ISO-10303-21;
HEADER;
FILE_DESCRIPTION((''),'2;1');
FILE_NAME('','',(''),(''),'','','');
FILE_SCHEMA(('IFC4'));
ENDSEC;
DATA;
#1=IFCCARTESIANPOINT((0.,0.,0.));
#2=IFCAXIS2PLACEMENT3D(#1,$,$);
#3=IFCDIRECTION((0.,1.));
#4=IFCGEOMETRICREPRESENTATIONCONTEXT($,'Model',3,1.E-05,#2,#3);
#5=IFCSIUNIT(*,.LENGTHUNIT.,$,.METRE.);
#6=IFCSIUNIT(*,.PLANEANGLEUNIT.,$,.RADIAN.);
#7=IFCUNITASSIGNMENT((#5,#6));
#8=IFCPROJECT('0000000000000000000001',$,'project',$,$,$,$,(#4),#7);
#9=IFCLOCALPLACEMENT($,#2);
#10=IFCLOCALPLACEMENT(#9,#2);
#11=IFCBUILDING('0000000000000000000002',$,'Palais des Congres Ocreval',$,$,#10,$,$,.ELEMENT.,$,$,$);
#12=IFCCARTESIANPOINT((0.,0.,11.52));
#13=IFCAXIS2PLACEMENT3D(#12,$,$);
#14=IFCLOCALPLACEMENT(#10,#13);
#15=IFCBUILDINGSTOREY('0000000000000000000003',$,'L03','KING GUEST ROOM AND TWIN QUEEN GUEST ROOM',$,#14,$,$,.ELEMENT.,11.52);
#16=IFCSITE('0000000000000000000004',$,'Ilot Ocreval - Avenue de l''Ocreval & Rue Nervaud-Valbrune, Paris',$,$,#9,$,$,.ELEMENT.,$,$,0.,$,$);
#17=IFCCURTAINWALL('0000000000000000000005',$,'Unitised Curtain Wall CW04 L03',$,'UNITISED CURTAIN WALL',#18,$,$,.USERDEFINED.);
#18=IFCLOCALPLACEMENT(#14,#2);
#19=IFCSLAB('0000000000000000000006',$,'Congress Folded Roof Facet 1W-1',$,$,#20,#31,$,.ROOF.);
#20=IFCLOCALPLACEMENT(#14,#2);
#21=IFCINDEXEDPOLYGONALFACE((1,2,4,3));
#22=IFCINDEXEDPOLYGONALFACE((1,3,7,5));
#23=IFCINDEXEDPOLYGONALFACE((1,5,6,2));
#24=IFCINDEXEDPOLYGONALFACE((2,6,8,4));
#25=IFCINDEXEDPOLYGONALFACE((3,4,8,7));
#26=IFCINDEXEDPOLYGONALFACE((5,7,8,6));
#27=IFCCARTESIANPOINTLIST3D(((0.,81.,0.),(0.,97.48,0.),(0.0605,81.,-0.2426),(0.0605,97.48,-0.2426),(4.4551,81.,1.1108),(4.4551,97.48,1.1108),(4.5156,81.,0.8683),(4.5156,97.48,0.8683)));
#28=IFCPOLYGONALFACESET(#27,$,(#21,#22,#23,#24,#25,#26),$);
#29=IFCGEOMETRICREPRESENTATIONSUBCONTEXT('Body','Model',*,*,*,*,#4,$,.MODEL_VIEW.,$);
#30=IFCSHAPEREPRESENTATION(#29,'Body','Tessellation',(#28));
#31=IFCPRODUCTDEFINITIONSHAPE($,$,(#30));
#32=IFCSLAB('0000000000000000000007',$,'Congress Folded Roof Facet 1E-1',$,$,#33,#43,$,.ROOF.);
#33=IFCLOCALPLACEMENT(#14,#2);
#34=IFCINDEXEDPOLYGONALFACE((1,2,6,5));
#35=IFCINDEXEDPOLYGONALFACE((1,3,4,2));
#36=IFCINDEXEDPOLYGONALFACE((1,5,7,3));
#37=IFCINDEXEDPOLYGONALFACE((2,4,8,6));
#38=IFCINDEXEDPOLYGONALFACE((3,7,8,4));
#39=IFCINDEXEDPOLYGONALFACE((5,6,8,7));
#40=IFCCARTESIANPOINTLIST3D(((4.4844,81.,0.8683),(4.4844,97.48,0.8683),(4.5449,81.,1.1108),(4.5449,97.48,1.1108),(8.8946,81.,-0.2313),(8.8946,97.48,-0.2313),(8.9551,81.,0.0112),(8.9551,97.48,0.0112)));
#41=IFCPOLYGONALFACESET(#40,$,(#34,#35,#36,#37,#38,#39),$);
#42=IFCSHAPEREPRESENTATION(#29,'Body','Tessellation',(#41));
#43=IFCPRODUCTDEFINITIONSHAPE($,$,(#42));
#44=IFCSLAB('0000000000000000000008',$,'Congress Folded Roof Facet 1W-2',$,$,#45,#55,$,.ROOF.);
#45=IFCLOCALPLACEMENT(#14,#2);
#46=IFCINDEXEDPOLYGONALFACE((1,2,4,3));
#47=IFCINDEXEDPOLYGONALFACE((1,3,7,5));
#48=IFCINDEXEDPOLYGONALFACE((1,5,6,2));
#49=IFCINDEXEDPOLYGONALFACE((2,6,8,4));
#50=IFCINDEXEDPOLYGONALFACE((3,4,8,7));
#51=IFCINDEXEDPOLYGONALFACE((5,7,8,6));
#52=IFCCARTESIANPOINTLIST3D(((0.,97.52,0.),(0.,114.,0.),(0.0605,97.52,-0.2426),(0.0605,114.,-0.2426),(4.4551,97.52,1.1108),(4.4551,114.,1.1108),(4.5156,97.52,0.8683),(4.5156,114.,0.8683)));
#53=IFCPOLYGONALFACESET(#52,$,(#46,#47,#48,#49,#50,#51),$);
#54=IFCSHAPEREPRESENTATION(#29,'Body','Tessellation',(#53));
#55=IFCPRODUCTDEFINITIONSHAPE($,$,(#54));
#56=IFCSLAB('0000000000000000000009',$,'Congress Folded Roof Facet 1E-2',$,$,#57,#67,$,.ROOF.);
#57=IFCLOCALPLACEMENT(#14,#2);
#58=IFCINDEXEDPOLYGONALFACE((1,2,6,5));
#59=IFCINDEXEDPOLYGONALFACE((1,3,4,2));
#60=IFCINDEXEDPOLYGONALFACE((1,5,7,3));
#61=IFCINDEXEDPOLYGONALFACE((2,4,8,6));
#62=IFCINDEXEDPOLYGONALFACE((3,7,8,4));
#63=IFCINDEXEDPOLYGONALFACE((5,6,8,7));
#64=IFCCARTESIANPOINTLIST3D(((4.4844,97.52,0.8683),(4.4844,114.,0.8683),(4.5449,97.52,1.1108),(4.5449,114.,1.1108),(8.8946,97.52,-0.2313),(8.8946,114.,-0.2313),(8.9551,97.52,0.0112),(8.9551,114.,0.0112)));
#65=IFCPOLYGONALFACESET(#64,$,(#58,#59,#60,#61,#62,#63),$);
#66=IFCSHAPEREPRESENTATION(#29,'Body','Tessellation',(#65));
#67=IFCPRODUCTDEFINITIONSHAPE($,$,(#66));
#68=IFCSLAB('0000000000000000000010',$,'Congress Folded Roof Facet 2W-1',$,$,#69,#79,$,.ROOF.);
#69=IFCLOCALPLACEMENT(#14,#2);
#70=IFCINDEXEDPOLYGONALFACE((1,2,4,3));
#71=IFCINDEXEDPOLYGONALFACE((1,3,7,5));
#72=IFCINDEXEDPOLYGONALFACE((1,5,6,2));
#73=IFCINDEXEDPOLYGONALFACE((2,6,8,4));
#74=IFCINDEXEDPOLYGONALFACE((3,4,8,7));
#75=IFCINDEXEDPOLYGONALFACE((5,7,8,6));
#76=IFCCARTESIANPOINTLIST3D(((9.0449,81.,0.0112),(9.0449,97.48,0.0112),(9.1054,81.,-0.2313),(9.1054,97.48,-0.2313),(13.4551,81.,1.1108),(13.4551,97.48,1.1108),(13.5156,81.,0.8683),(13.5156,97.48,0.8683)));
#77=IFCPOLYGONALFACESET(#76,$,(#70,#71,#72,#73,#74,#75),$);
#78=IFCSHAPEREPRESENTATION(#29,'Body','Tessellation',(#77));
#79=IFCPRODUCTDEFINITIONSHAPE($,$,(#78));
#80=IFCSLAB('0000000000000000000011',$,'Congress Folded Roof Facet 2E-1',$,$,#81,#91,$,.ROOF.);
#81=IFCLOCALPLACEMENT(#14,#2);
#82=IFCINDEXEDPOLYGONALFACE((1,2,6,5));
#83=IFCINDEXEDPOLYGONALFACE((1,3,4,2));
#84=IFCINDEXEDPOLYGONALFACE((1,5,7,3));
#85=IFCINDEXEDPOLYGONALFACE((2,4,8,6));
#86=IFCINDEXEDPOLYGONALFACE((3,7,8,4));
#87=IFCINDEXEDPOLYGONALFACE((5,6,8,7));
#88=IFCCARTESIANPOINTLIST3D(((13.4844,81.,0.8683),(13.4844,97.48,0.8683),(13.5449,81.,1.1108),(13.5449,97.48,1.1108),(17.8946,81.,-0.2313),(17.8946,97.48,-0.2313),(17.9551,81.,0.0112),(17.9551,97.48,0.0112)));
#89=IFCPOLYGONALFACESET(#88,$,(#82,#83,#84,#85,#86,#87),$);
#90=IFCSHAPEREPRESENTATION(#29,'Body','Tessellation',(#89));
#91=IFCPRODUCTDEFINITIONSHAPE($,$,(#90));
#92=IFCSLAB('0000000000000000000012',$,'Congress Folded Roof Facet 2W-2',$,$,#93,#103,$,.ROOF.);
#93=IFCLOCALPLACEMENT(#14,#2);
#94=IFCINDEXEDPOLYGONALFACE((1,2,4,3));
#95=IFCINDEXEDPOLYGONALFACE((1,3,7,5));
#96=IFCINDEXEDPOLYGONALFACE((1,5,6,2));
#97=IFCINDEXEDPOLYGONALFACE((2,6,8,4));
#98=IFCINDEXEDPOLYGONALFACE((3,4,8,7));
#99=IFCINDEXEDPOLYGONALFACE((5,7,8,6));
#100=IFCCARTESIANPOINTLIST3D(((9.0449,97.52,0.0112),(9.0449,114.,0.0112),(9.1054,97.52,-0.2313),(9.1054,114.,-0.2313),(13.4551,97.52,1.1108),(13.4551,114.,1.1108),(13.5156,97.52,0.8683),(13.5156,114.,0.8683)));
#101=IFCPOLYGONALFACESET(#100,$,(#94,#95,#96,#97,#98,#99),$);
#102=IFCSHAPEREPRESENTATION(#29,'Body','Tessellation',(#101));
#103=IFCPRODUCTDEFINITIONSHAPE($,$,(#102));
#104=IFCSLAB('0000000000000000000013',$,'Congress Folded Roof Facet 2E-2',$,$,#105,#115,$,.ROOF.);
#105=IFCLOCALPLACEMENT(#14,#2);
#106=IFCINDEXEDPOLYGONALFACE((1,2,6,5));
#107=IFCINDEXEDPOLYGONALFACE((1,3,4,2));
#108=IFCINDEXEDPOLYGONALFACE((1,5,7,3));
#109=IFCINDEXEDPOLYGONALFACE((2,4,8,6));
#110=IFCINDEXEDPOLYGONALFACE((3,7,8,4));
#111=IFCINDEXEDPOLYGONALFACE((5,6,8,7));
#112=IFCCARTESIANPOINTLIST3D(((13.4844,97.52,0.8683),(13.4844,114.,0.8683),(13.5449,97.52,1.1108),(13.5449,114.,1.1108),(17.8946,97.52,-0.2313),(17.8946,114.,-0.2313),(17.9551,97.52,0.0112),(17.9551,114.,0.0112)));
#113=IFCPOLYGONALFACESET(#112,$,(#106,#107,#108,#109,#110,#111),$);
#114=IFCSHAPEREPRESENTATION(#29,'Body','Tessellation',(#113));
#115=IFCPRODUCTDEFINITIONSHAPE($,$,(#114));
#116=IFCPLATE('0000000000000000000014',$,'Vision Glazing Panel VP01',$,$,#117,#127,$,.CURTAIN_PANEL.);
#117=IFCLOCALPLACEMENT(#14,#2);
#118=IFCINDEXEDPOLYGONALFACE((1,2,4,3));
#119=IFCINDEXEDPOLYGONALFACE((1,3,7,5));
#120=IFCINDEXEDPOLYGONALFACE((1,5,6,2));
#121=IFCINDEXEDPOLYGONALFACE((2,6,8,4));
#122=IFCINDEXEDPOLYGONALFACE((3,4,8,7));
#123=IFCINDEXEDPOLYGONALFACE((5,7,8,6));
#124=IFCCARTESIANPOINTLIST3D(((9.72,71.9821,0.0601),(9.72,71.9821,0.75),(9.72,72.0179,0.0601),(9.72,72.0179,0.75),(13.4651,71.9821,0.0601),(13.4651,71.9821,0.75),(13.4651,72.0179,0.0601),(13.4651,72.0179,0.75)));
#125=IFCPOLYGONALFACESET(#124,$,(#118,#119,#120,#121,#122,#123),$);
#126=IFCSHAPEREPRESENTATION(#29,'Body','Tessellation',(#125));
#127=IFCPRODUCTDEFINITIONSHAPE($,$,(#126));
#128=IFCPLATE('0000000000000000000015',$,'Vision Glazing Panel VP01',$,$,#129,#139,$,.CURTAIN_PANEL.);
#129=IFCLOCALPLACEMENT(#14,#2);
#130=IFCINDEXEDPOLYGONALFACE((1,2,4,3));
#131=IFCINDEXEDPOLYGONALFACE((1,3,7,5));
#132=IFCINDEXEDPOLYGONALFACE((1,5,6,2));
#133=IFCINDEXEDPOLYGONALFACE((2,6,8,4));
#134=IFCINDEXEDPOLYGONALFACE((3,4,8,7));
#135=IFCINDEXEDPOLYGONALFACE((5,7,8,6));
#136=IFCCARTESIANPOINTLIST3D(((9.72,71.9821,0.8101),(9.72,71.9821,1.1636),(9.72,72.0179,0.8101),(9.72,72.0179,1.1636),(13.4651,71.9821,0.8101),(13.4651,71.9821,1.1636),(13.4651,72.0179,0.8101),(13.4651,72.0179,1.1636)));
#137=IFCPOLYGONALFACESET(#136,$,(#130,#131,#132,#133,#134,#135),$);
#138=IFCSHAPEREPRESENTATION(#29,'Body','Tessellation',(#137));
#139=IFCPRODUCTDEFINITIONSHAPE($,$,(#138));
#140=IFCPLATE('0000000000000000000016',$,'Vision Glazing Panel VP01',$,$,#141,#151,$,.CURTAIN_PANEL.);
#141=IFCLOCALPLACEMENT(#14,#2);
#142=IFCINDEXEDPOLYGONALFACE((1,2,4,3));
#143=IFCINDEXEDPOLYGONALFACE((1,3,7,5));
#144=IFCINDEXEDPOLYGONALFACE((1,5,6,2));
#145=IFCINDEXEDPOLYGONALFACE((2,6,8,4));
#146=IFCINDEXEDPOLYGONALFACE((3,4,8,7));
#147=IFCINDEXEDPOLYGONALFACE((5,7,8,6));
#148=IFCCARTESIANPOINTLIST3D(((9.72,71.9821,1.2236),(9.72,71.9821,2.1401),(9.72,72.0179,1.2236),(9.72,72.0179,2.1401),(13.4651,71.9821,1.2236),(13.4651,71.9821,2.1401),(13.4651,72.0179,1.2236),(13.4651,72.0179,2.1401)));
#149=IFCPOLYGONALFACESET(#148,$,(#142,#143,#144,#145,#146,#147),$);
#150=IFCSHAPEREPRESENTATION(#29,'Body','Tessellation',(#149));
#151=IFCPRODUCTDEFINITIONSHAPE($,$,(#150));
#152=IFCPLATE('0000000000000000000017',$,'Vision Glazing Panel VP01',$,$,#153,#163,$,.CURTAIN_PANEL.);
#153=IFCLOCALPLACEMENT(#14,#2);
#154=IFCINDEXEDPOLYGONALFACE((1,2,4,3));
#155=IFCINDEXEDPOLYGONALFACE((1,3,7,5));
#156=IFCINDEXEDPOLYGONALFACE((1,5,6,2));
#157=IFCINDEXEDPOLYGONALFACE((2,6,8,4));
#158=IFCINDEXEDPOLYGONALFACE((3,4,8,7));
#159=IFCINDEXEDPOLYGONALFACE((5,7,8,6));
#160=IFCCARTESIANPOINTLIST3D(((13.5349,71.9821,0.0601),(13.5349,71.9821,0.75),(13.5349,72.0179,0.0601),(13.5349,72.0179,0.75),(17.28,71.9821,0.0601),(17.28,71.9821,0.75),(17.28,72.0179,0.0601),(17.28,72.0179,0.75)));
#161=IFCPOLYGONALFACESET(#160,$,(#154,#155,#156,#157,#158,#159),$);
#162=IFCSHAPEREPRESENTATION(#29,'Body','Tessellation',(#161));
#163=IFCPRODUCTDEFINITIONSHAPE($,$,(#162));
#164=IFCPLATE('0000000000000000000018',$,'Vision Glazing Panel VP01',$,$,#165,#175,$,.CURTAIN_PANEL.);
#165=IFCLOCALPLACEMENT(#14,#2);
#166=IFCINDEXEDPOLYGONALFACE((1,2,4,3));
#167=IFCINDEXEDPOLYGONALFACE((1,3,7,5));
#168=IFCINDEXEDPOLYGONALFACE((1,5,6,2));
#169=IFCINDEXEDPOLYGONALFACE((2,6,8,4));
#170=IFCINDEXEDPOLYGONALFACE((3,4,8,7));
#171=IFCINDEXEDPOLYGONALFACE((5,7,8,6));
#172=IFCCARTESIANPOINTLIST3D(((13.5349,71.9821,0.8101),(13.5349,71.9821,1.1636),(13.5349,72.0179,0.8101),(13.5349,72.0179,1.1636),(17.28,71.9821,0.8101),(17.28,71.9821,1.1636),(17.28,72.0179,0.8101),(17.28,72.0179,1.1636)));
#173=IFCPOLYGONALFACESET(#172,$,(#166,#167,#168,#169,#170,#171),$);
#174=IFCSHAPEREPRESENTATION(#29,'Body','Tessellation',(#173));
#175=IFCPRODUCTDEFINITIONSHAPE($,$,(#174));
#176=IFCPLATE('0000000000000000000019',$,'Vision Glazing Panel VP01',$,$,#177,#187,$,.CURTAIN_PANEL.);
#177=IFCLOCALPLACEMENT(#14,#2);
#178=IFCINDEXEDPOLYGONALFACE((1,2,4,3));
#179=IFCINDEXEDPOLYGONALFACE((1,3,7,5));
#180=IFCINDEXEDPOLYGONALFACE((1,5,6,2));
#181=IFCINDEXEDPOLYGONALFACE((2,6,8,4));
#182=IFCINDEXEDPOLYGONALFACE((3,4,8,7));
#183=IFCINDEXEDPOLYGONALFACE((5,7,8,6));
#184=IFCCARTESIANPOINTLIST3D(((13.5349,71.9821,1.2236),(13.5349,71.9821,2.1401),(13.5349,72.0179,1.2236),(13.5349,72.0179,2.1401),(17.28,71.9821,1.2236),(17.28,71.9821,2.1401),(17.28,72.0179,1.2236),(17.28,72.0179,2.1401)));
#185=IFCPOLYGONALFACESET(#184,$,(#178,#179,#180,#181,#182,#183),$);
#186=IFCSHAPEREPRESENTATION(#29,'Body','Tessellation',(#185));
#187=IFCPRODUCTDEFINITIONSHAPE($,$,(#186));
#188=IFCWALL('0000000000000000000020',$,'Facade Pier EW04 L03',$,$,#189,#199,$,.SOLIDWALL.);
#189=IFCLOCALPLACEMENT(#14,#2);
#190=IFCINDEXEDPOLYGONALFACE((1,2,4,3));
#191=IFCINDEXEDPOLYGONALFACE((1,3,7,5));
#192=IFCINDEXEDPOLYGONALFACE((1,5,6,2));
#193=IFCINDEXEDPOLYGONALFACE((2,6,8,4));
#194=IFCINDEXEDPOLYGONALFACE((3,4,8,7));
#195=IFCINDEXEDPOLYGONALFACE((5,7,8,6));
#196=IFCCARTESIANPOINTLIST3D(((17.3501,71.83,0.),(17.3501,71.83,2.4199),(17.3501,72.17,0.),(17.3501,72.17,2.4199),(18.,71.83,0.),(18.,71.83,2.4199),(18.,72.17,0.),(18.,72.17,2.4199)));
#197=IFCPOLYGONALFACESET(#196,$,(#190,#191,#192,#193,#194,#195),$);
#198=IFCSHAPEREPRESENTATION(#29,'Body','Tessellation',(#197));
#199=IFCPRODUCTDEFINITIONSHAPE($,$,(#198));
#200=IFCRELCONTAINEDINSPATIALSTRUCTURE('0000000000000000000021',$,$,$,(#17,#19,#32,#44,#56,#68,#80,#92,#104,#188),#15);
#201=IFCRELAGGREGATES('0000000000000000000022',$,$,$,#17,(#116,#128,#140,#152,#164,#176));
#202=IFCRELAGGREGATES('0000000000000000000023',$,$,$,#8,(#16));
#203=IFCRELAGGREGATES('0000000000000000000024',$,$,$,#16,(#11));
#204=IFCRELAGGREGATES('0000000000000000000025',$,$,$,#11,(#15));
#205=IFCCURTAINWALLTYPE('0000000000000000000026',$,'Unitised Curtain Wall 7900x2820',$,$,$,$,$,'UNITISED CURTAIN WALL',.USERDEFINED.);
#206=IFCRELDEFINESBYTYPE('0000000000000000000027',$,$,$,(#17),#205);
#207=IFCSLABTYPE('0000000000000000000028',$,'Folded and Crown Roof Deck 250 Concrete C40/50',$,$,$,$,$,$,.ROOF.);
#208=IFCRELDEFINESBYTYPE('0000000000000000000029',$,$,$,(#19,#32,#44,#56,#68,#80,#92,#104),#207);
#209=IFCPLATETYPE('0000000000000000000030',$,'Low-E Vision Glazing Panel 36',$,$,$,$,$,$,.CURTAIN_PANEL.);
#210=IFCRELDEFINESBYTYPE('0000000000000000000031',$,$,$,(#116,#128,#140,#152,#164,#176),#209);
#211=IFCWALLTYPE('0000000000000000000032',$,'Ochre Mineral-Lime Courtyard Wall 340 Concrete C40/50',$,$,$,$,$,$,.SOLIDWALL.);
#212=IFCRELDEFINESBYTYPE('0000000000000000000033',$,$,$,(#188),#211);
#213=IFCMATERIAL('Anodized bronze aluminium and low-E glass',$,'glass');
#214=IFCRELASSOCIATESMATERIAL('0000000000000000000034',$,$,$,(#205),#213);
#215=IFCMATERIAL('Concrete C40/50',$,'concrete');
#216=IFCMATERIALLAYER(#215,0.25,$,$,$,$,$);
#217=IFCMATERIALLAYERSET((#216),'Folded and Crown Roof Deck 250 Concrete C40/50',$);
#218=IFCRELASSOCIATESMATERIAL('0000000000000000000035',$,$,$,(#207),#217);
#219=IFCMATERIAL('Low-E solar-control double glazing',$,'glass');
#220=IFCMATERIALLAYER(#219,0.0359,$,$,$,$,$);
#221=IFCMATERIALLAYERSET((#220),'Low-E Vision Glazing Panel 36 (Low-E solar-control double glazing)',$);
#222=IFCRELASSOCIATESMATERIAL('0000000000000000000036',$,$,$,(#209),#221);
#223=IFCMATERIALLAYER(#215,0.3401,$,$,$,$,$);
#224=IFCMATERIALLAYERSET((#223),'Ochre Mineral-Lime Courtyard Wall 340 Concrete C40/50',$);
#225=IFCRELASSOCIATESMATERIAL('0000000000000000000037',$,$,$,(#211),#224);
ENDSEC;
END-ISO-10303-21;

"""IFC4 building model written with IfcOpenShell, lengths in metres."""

from ifc_helpers import new_model, si_unit, direction, frame, frame_2d, origin, origin_2d, place, context, subcontext, project, spatial, polyline, rectangle, outline, extrude, material, layer, layer_set, type_object, element, aggregate, save


model = new_model("IFC4")

# Units and contexts
model_context = context("Model", 3, precision=1e-05, world=origin(), true_north=direction((0.0, 1.0)))
body_context = subcontext(model_context, "Body", "Model", "MODEL_VIEW")
ifc_project = project(units=[si_unit("LENGTHUNIT", "METRE"), si_unit("PLANEANGLEUNIT", "RADIAN")], contexts=[model_context])

# Site, building, storey
site_placement = place(None, origin())
site = spatial("IfcSite", under=ifc_project, at=site_placement, Name="Ilot Ocreval - Avenue de l'Ocreval & Rue Nervaud-Valbrune, Paris", CompositionType="ELEMENT", RefElevation=0.0)
building_placement = place(site_placement, origin())
building = spatial("IfcBuilding", under=site, at=building_placement, Name="Palais des Congres Ocreval", CompositionType="ELEMENT")
storey_placement = place(building_placement, frame((0.0, 0.0, 11.52)))
storey = spatial("IfcBuildingStorey", under=building, at=storey_placement, Name="L03", Description="KING GUEST ROOM AND TWIN QUEEN GUEST ROOM", CompositionType="ELEMENT", Elevation=11.52)

# Shared definitions
ifc_material_1 = material(Name="Concrete C40/50", Category="concrete")

# Curtain wall
ifc_material_2 = material(Name="Anodized bronze aluminium and low-E glass", Category="glass")
curtain_wall_type = type_object("IfcCurtainWallType", Name="Unitised Curtain Wall 7900x2820", ElementType="UNITISED CURTAIN WALL", PredefinedType="USERDEFINED", material=ifc_material_2)
curtain_wall_placement = place(storey_placement, origin())
curtain_wall = element("IfcCurtainWall", 1, at=curtain_wall_placement, inside=storey, type_object=curtain_wall_type, Name="Unitised Curtain Wall CW04 L03", ObjectType="UNITISED CURTAIN WALL", PredefinedType="USERDEFINED")

# Slabs
ifc_layer_1 = layer(ifc_material_1, 0.25)
ifc_layer_set_1 = layer_set([ifc_layer_1], Name="Folded and Crown Roof Deck 250 Concrete C40/50")
slab_type = type_object("IfcSlabType", Name="Folded and Crown Roof Deck 250 Concrete C40/50", PredefinedType="ROOF", material=ifc_layer_set_1)
slab_1_placement = place(storey_placement, frame((0.0, 81.0, 0.0), z_axis=(-0.241935, 0.0, 0.970292), x_axis=(0.970292, 0.0, 0.241935)))
element("IfcSlab", 2, at=slab_1_placement, inside=storey, type_object=slab_type, Name="Congress Folded Roof Facet 1W-1", PredefinedType="ROOF", context=body_context, shape_type="SweptSolid", body=[
    extrude(outline(polyline([(0.0, 0.0), (4.5915, 0.0), (4.5915, 16.48), (0.0, 16.48), (0.0, 0.0)])), origin(), (0.0, 0.0, -1.0), 0.25),
])
slab_2_placement = place(storey_placement, frame((4.5449, 81.0, 1.1108), z_axis=(0.241929, 0.0, 0.970294), x_axis=(0.970294, 0.0, -0.241929)))
element("IfcSlab", 3, at=slab_2_placement, inside=storey, type_object=slab_type, Name="Congress Folded Roof Facet 1E-1", PredefinedType="ROOF", context=body_context, shape_type="SweptSolid", body=[
    extrude(outline(polyline([(0.0, 0.0), (4.5452, 0.0), (4.5452, 16.48), (0.0, 16.48), (0.0, 0.0)])), origin(), (0.0, 0.0, -1.0), 0.25),
])
slab_3_placement = place(storey_placement, frame((0.0, 97.52, 0.0), z_axis=(-0.241935, 0.0, 0.970292), x_axis=(0.970292, 0.0, 0.241935)))
element("IfcSlab", 4, at=slab_3_placement, inside=storey, type_object=slab_type, Name="Congress Folded Roof Facet 1W-2", PredefinedType="ROOF", context=body_context, shape_type="SweptSolid", body=[
    extrude(outline(polyline([(0.0, 0.0), (4.5915, 0.0), (4.5915, 16.48), (0.0, 16.48), (0.0, 0.0)])), origin(), (0.0, 0.0, -1.0), 0.25),
])
for number, where, z_axis, x_axis, name in (
    (5, (4.5449, 97.52, 1.1108), (0.241929, 0.0, 0.970294), (0.970294, 0.0, -0.241929), "Congress Folded Roof Facet 1E-2"),
    (6, (9.0449, 81.0, 0.0112), (-0.241929, 0.0, 0.970294), (0.970294, 0.0, 0.241929), "Congress Folded Roof Facet 2W-1"),
    (7, (13.5449, 81.0, 1.1108), (0.241929, 0.0, 0.970294), (0.970294, 0.0, -0.241929), "Congress Folded Roof Facet 2E-1"),
    (8, (9.0449, 97.52, 0.0112), (-0.241929, 0.0, 0.970294), (0.970294, 0.0, 0.241929), "Congress Folded Roof Facet 2W-2"),
    (9, (13.5449, 97.52, 1.1108), (0.241929, 0.0, 0.970294), (0.970294, 0.0, -0.241929), "Congress Folded Roof Facet 2E-2"),
):
    element("IfcSlab", number, at=place(storey_placement, frame(where, z_axis=z_axis, x_axis=x_axis)), inside=storey, type_object=slab_type, Name=name, PredefinedType="ROOF", context=body_context, shape_type="SweptSolid", body=[
        extrude(outline(polyline([(0.0, 0.0), (4.5452, 0.0), (4.5452, 16.48), (0.0, 16.48), (0.0, 0.0)])), origin(), (0.0, 0.0, -1.0), 0.25),
    ])

# Plates
ifc_material_3 = material(Name="Low-E solar-control double glazing", Category="glass")
ifc_layer_2 = layer(ifc_material_3, 0.0359)
ifc_layer_set_2 = layer_set([ifc_layer_2], Name="Low-E Vision Glazing Panel 36 (Low-E solar-control double glazing)")
plate_type_1 = type_object("IfcPlateType", Name="Low-E Vision Glazing Panel 36", PredefinedType="CURTAIN_PANEL", material=ifc_layer_set_2)
plate_1_placement = place(storey_placement, frame((11.5925, 72.0, 0.0601), z_axis=(0.0, 0.0, 1.0), x_axis=(1.0, 0.0, 0.0)))
plate_1 = element("IfcPlate", 10, at=plate_1_placement, type_object=plate_type_1, Name="Vision Glazing Panel VP01", PredefinedType="CURTAIN_PANEL", context=body_context, shape_type="SweptSolid", body=[
    extrude(rectangle(XDim=3.7451, YDim=0.0359, at=origin_2d()), origin(), (0.0, 0.0, 1.0), 0.6899),
])
plate_2_placement = place(storey_placement, frame((11.5925, 72.0, 0.8101), z_axis=(0.0, 0.0, 1.0), x_axis=(1.0, 0.0, 0.0)))
plate_2 = element("IfcPlate", 11, at=plate_2_placement, type_object=plate_type_1, Name="Vision Glazing Panel VP01", PredefinedType="CURTAIN_PANEL", context=body_context, shape_type="SweptSolid", body=[
    extrude(rectangle(XDim=3.7451, YDim=0.0359, at=origin_2d()), origin(), (0.0, 0.0, 1.0), 0.3535),
])
plate_3_placement = place(storey_placement, frame((11.5925, 72.0, 1.2236), z_axis=(0.0, 0.0, 1.0), x_axis=(1.0, 0.0, 0.0)))
plate_3 = element("IfcPlate", 12, at=plate_3_placement, type_object=plate_type_1, Name="Vision Glazing Panel VP01", PredefinedType="CURTAIN_PANEL", context=body_context, shape_type="SweptSolid", body=[
    extrude(rectangle(XDim=3.7451, YDim=0.0359, at=origin_2d()), origin(), (0.0, 0.0, 1.0), 0.9165),
])
plate_4_placement = place(storey_placement, frame((15.4075, 72.0, 0.0601), z_axis=(0.0, 0.0, 1.0), x_axis=(1.0, 0.0, 0.0)))
plate_4 = element("IfcPlate", 13, at=plate_4_placement, type_object=plate_type_1, Name="Vision Glazing Panel VP01", PredefinedType="CURTAIN_PANEL", context=body_context, shape_type="SweptSolid", body=[
    extrude(rectangle(XDim=3.7451, YDim=0.0359, at=origin_2d()), origin(), (0.0, 0.0, 1.0), 0.6899),
])
plate_5_placement = place(storey_placement, frame((15.4075, 72.0, 0.8101), z_axis=(0.0, 0.0, 1.0), x_axis=(1.0, 0.0, 0.0)))
plate_5 = element("IfcPlate", 14, at=plate_5_placement, type_object=plate_type_1, Name="Vision Glazing Panel VP01", PredefinedType="CURTAIN_PANEL", context=body_context, shape_type="SweptSolid", body=[
    extrude(rectangle(XDim=3.7451, YDim=0.0359, at=origin_2d()), origin(), (0.0, 0.0, 1.0), 0.3535),
])
plate_6_placement = place(storey_placement, frame((15.4075, 72.0, 1.2236), z_axis=(0.0, 0.0, 1.0), x_axis=(1.0, 0.0, 0.0)))
plate_6 = element("IfcPlate", 15, at=plate_6_placement, type_object=plate_type_1, Name="Vision Glazing Panel VP01", PredefinedType="CURTAIN_PANEL", context=body_context, shape_type="SweptSolid", body=[
    extrude(rectangle(XDim=3.7451, YDim=0.0359, at=origin_2d()), origin(), (0.0, 0.0, 1.0), 0.9165),
])
aggregate(curtain_wall, [plate_1, plate_2, plate_3, plate_4, plate_5, plate_6])

# Wall
ifc_layer_3 = layer(ifc_material_1, 0.3401)
ifc_layer_set_3 = layer_set([ifc_layer_3], Name="Ochre Mineral-Lime Courtyard Wall 340 Concrete C40/50")
wall_type = type_object("IfcWallType", Name="Ochre Mineral-Lime Courtyard Wall 340 Concrete C40/50", PredefinedType="SOLIDWALL", material=ifc_layer_set_3)
wall_placement = place(storey_placement, frame((17.3501, 72.0, 0.0), z_axis=(0.0, 0.0, 1.0), x_axis=(1.0, 0.0, 0.0)))
element("IfcWall", 16, at=wall_placement, inside=storey, type_object=wall_type, Name="Facade Pier EW04 L03", PredefinedType="SOLIDWALL", context=body_context, shape_type="SweptSolid", body=[
    extrude(rectangle(XDim=0.6499, YDim=0.3401, at=frame_2d((0.325, 0.0))), origin(), (0.0, 0.0, 1.0), 2.4199),
])

save(model, "model.ifc")
